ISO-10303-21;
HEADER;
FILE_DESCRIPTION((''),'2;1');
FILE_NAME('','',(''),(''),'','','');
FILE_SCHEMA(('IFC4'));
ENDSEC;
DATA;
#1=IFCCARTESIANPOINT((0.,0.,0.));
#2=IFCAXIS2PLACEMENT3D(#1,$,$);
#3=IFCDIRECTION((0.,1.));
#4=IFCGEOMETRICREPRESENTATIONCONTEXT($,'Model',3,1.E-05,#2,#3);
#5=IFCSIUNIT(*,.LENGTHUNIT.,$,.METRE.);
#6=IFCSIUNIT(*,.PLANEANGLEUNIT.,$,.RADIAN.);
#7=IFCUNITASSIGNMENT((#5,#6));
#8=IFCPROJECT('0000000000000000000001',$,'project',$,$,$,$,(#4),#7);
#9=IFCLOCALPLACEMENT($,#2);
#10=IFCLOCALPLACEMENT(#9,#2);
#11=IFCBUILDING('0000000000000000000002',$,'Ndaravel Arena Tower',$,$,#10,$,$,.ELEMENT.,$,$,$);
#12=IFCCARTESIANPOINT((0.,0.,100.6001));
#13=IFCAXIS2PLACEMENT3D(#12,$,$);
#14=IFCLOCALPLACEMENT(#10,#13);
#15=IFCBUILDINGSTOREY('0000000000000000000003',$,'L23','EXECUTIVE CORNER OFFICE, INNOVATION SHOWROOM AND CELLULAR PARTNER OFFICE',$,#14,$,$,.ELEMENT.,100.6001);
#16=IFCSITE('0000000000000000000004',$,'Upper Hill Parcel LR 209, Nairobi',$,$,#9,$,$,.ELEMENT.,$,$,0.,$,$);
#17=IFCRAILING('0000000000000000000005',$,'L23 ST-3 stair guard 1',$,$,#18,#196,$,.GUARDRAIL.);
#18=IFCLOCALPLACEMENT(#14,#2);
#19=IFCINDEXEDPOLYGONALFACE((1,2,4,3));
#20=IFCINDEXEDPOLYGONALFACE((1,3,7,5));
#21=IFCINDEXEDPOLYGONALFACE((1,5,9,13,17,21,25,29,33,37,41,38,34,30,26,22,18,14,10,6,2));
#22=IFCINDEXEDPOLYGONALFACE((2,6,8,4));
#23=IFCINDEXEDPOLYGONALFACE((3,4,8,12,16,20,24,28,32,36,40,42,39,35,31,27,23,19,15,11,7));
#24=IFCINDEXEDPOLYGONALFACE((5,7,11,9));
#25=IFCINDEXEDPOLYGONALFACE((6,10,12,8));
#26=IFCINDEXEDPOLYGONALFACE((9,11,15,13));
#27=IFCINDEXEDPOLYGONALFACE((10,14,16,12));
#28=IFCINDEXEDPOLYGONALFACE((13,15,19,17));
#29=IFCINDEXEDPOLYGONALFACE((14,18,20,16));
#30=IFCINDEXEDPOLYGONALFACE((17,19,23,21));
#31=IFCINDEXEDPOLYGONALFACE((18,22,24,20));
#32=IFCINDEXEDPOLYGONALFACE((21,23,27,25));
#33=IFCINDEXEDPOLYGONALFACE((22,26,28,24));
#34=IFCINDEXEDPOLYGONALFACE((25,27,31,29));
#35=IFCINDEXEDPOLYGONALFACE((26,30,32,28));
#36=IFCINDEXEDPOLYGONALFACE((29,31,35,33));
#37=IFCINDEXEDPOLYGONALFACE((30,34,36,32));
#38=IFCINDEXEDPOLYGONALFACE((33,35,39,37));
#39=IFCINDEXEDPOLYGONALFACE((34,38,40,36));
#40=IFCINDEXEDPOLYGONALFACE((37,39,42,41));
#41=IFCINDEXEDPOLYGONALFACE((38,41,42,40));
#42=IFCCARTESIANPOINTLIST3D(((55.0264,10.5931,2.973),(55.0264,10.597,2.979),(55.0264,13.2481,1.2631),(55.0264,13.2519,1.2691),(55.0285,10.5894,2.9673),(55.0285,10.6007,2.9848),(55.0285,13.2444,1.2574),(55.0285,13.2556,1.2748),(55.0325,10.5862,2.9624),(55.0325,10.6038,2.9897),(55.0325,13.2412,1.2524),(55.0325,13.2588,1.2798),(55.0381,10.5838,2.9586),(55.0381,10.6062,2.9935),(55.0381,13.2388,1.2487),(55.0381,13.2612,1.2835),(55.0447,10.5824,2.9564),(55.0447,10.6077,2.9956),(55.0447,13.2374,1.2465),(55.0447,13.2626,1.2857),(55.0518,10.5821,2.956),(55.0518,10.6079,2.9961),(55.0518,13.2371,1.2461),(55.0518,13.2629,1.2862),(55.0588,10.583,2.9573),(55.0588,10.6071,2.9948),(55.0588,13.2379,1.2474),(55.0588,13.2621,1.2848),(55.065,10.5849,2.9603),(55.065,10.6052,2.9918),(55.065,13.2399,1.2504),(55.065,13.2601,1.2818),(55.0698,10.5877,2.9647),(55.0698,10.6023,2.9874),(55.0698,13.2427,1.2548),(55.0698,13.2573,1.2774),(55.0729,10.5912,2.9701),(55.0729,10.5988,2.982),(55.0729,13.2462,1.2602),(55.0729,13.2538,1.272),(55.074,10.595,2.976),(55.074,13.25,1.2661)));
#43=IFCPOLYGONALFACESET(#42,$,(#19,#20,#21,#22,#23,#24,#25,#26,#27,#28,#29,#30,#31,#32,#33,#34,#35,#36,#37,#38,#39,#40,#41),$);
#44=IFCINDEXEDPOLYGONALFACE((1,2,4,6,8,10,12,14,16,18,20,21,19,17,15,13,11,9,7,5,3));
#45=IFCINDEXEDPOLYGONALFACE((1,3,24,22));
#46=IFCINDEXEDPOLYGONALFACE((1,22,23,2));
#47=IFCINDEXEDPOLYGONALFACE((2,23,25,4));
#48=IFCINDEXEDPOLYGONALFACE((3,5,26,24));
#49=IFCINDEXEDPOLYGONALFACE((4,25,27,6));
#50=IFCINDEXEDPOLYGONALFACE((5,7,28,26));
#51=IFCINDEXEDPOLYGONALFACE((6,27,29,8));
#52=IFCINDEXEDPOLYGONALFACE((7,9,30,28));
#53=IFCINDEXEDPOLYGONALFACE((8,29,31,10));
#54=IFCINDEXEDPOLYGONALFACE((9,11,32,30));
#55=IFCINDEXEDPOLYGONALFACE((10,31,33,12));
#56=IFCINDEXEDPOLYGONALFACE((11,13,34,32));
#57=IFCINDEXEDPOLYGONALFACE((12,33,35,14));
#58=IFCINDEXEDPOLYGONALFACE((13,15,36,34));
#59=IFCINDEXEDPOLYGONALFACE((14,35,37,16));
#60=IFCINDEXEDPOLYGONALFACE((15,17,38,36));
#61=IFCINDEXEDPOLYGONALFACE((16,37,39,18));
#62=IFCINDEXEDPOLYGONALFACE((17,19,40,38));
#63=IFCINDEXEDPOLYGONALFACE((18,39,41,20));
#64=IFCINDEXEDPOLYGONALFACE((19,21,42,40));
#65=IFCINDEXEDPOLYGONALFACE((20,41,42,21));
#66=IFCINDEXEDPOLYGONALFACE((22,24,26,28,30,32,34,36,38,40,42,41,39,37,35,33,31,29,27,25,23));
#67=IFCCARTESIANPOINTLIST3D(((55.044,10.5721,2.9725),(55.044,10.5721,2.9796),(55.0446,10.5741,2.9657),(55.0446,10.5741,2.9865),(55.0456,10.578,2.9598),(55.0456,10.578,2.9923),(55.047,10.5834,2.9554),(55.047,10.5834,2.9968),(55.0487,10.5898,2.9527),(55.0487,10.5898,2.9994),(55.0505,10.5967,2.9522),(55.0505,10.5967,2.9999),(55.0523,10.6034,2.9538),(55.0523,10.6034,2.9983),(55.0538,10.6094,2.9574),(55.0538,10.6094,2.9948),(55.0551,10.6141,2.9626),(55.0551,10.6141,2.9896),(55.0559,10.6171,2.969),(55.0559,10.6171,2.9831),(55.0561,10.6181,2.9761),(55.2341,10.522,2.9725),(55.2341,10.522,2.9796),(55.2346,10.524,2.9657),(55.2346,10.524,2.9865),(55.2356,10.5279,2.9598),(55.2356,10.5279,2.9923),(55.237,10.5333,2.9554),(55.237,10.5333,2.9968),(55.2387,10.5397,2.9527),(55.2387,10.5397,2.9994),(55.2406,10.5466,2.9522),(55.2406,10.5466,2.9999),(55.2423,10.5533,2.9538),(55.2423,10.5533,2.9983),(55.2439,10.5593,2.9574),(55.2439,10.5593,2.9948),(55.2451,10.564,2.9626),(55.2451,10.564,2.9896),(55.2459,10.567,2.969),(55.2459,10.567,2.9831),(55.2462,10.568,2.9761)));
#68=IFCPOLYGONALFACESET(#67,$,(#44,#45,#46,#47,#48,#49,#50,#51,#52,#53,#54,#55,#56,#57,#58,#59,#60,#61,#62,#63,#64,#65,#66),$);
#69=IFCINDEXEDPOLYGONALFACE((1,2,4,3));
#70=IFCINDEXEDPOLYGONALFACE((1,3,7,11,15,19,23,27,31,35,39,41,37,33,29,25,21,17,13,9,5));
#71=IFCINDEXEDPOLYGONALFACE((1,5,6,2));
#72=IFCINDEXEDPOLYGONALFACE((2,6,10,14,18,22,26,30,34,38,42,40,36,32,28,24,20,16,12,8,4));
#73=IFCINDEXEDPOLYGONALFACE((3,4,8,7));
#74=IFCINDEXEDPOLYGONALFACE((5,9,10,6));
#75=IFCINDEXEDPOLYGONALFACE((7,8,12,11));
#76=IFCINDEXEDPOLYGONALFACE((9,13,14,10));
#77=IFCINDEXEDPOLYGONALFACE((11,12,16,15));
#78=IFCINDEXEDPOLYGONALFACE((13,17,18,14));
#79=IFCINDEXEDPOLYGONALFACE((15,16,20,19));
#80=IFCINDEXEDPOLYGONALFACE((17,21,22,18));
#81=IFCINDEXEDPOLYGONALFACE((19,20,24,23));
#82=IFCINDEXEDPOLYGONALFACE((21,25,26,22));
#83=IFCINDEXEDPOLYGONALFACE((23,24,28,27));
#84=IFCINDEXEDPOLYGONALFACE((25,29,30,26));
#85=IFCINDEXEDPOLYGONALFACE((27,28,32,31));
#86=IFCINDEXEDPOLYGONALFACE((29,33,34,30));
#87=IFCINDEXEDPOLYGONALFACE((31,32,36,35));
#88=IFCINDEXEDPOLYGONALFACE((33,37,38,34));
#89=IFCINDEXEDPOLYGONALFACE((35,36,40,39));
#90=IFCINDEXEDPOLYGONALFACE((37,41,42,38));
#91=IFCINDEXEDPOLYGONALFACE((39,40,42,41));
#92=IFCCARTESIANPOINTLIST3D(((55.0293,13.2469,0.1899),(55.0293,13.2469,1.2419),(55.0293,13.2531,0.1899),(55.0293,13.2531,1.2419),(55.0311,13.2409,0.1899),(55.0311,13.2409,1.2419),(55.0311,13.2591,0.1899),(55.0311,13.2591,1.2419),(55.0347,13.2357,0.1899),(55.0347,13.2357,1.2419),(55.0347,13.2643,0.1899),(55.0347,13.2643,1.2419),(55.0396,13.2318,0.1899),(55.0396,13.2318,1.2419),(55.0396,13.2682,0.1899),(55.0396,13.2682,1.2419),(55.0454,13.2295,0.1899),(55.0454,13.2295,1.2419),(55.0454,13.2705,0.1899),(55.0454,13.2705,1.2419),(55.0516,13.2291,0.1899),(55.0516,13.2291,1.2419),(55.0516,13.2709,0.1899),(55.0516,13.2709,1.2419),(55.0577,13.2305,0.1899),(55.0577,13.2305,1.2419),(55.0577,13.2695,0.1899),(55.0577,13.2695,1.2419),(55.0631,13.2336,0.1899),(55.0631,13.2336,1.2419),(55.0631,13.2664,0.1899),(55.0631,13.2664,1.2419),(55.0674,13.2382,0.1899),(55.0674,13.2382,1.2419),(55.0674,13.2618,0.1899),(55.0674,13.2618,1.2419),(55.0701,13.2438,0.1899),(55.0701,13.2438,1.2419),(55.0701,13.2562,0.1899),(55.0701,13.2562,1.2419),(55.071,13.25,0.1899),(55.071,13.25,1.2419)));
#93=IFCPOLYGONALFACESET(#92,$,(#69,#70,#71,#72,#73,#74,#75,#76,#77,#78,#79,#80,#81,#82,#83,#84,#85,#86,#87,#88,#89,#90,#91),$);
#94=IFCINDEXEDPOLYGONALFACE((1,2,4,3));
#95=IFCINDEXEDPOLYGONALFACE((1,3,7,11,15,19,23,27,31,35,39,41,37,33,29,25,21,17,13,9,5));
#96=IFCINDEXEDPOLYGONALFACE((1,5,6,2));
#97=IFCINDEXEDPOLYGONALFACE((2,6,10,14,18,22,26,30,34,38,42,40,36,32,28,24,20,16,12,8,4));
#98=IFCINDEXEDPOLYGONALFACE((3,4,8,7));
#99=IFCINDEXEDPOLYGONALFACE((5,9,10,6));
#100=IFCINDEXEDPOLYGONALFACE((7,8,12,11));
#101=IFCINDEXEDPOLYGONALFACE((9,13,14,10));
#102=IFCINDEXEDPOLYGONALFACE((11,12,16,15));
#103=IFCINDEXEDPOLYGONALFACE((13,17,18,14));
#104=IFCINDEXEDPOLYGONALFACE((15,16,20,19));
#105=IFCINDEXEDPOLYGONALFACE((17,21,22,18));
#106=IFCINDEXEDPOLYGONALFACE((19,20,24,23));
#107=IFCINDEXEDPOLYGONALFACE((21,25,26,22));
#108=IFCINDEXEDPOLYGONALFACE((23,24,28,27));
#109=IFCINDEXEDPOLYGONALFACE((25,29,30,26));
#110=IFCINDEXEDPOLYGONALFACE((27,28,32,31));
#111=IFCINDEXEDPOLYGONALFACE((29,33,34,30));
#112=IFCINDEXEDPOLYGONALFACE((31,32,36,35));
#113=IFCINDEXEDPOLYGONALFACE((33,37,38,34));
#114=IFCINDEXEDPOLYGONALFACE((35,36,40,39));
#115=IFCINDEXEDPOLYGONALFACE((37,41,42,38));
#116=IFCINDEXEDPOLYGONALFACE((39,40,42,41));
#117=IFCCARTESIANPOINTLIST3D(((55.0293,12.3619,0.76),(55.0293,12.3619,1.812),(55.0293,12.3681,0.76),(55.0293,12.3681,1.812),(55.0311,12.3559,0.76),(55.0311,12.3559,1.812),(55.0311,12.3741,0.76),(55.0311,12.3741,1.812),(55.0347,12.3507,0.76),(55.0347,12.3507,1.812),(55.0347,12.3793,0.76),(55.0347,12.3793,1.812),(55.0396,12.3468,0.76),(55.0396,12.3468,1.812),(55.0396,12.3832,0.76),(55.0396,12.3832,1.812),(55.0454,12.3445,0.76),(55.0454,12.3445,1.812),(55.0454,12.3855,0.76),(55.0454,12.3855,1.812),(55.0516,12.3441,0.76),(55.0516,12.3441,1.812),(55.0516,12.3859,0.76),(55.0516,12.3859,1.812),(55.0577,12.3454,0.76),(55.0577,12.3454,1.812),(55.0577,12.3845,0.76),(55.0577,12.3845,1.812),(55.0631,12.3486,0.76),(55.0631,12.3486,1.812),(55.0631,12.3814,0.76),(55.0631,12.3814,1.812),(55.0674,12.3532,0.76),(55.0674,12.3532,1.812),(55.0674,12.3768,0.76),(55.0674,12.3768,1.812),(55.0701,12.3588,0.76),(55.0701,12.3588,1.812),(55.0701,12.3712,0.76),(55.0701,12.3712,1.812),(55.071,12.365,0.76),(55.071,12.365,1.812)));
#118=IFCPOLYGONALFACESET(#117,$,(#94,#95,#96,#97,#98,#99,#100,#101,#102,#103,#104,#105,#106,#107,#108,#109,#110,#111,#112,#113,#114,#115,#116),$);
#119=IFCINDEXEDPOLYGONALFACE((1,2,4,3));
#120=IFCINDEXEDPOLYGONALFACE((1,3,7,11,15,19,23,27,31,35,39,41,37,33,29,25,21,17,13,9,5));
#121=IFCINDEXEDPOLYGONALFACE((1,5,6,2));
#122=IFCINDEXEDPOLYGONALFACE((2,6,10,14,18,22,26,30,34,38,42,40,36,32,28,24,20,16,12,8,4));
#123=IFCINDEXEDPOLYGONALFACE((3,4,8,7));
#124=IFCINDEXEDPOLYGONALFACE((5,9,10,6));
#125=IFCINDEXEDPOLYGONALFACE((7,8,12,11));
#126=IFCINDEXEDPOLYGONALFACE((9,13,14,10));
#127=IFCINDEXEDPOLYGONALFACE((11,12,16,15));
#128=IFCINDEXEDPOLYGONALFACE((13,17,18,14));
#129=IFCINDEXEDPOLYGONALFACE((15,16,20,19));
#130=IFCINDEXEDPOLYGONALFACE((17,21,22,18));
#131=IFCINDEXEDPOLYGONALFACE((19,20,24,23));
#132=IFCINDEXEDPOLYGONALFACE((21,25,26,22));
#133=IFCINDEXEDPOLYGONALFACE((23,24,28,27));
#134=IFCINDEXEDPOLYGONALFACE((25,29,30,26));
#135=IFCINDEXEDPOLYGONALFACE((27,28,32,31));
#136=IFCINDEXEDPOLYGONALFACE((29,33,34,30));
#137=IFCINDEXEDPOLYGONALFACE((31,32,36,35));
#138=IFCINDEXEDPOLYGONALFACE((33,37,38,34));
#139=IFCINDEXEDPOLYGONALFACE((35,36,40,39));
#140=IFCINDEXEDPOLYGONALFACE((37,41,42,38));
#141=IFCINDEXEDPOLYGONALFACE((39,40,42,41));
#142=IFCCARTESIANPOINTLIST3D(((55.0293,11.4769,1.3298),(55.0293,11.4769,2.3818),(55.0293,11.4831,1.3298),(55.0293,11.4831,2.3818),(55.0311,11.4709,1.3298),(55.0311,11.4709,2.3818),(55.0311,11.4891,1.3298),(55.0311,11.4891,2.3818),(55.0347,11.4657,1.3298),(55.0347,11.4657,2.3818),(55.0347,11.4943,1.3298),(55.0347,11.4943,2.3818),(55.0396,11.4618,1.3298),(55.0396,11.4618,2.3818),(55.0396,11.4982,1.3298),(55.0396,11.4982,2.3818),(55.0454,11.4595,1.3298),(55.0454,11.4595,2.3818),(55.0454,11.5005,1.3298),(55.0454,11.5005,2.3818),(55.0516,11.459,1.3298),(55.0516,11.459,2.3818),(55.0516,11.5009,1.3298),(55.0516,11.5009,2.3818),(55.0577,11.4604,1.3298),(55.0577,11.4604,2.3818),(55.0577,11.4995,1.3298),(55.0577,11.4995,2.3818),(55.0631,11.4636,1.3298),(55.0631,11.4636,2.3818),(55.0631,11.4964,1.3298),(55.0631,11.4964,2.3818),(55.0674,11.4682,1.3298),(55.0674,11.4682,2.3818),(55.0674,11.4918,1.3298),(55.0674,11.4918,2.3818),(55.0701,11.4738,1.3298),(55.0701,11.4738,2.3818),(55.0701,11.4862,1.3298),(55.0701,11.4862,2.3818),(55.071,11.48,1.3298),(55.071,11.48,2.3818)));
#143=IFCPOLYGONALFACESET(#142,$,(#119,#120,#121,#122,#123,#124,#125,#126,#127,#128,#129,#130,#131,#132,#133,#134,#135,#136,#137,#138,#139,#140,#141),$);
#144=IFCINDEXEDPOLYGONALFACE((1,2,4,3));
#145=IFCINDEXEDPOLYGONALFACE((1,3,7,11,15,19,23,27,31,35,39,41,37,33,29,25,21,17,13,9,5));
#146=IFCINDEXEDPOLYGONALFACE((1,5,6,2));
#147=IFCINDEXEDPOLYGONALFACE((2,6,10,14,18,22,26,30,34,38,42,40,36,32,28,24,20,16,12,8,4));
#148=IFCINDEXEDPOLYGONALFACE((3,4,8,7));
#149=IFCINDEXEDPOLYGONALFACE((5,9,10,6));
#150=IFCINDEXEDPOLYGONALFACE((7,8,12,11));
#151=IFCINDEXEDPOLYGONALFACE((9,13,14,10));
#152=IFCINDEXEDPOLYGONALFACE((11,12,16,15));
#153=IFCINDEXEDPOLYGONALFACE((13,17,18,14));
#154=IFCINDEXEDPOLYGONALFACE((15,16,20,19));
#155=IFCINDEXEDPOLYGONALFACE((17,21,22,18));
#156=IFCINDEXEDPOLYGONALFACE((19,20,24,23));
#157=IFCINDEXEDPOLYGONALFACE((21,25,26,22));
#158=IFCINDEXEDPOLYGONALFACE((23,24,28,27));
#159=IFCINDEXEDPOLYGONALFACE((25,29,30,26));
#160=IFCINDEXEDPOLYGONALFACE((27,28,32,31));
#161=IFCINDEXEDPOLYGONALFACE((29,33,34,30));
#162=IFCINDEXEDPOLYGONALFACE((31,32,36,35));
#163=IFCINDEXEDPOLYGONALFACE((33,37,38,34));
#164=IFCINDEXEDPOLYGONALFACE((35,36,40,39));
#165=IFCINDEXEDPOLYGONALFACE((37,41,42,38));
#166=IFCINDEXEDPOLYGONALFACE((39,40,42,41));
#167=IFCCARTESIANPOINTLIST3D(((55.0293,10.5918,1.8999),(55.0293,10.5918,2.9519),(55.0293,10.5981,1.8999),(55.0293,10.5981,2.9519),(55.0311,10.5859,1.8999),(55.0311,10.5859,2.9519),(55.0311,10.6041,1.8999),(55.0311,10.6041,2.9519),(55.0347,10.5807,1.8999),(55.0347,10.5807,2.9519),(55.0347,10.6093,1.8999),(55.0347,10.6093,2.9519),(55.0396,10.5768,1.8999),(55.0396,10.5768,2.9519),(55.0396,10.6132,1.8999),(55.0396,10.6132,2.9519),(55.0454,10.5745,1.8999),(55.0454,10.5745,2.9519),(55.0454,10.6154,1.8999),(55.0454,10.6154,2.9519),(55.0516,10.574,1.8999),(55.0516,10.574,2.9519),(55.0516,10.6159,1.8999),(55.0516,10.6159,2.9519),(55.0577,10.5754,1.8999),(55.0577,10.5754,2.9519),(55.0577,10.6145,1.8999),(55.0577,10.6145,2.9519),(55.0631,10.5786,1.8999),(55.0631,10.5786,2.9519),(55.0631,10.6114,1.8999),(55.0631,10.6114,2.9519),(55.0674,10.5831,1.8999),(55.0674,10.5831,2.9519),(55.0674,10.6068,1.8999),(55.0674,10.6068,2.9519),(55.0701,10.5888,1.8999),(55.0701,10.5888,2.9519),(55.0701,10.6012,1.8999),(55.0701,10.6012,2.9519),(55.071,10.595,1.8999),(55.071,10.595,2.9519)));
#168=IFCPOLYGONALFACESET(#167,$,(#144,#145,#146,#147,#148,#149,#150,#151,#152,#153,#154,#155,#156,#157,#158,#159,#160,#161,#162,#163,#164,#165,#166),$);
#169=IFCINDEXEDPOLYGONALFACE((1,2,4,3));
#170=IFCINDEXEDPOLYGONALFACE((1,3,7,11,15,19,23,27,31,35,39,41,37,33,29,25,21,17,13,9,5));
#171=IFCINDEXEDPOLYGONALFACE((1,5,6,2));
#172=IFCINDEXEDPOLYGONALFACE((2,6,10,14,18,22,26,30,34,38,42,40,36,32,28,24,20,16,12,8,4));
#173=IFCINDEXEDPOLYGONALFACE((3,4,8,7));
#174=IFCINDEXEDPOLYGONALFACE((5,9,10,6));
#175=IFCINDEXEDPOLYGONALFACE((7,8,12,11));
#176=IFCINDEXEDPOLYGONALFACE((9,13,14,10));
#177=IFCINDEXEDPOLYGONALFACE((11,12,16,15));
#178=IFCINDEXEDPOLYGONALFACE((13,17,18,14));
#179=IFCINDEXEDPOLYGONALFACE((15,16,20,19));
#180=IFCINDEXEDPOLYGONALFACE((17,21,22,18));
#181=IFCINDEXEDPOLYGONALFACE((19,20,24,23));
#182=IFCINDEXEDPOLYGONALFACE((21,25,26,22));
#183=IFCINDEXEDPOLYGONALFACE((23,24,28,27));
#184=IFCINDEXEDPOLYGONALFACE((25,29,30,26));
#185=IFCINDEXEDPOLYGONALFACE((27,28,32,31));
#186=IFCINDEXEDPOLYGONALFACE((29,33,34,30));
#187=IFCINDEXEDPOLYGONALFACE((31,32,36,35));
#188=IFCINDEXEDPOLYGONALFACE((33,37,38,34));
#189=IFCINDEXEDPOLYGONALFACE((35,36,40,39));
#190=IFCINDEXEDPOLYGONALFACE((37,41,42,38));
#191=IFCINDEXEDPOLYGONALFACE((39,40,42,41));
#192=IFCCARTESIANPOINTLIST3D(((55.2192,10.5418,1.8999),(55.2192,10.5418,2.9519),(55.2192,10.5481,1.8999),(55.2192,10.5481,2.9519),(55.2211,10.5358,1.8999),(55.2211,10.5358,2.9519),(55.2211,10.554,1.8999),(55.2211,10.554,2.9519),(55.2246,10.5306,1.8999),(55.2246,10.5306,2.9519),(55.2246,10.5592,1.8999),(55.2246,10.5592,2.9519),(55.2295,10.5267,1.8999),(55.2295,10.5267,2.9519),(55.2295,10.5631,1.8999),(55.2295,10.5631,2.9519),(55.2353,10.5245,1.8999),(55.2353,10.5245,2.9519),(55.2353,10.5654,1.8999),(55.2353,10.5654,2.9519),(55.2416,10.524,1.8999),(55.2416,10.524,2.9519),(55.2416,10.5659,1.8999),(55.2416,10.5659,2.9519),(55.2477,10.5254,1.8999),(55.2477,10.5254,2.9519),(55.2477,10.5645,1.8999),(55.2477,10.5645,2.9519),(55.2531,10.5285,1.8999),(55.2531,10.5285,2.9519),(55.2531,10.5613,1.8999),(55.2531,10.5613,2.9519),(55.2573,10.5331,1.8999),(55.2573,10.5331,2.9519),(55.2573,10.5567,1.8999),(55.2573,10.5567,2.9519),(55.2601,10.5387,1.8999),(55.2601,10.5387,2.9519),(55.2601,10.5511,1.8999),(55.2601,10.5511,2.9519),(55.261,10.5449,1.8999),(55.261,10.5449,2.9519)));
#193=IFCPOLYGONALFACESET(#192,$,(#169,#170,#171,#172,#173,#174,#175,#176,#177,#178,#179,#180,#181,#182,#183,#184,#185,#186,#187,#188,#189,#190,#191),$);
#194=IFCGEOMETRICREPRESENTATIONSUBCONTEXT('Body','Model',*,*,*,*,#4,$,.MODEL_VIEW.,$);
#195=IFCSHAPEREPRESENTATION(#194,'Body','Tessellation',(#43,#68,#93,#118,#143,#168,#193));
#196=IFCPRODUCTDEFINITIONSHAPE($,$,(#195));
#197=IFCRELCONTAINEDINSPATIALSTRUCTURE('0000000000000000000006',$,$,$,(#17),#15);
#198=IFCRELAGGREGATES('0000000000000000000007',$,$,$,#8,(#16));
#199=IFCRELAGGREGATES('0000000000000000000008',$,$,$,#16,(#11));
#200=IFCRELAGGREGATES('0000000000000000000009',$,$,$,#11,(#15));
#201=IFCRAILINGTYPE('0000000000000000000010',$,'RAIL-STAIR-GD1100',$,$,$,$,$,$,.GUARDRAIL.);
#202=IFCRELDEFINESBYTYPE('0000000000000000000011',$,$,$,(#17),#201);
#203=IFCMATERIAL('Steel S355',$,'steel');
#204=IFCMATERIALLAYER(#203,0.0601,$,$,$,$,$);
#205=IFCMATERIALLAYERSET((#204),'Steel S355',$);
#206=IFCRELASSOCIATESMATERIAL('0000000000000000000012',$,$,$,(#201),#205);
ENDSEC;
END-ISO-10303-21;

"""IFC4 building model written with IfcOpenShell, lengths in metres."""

from ifc_helpers import new_model, si_unit, direction, frame, origin, origin_2d, place, context, subcontext, project, spatial, circle, extrude, material, layer, layer_set, type_object, element, save


model = new_model("IFC4")

# Units and contexts
model_context = context("Model", 3, precision=1e-05, world=origin(), true_north=direction((0.0, 1.0)))
body_context = subcontext(model_context, "Body", "Model", "MODEL_VIEW")
ifc_project = project(units=[si_unit("LENGTHUNIT", "METRE"), si_unit("PLANEANGLEUNIT", "RADIAN")], contexts=[model_context])

# Site, building, storey
site_placement = place(None, origin())
site = spatial("IfcSite", under=ifc_project, at=site_placement, Name="Upper Hill Parcel LR 209, Nairobi", CompositionType="ELEMENT", RefElevation=0.0)
building_placement = place(site_placement, origin())
building = spatial("IfcBuilding", under=site, at=building_placement, Name="Ndaravel Arena Tower", CompositionType="ELEMENT")
storey_placement = place(building_placement, frame((0.0, 0.0, 100.6001)))
storey = spatial("IfcBuildingStorey", under=building, at=storey_placement, Name="L23", Description="EXECUTIVE CORNER OFFICE, INNOVATION SHOWROOM AND CELLULAR PARTNER OFFICE", CompositionType="ELEMENT", Elevation=100.6001)

# Railing
ifc_material_1 = material(Name="Steel S355", Category="steel")
ifc_layer_1 = layer(ifc_material_1, 0.0601)
ifc_layer_set_1 = layer_set([ifc_layer_1], Name="Steel S355")
railing_type_1 = type_object("IfcRailingType", Name="RAIL-STAIR-GD1100", PredefinedType="GUARDRAIL", material=ifc_layer_set_1)
railing_1_placement = place(storey_placement, frame((55.05, 13.25, 0.1899)))
element("IfcRailing", 1, at=railing_1_placement, inside=storey, type_object=railing_type_1, Name="L23 ST-3 stair guard 1", PredefinedType="GUARDRAIL", context=body_context, shape_type="SweptSolid", body=[
    extrude(circle(Radius=0.0239, at=origin_2d()), frame((0.0, 0.0, 1.0762), z_axis=(0.0, -0.840724, 0.541465), x_axis=(1.0, 0.0, 0.0)), (0.0, 0.0, 1.0), 3.158),
    extrude(circle(Radius=0.0239, at=origin_2d()), frame((0.0, -2.655, 2.7861), z_axis=(0.966994, -0.254799, 0.0), x_axis=(0.254799, 0.966994, 0.0)), (0.0, 0.0, 1.0), 0.1965),
    extrude(circle(Radius=0.021, at=origin_2d()), origin(), (0.0, 0.0, 1.0), 1.052),
    extrude(circle(Radius=0.021, at=origin_2d()), frame((0.0, -0.885, 0.5701)), (0.0, 0.0, 1.0), 1.052),
    extrude(circle(Radius=0.021, at=origin_2d()), frame((0.0, -1.77, 1.1399)), (0.0, 0.0, 1.0), 1.052),
    extrude(circle(Radius=0.021, at=origin_2d()), frame((0.0, -2.655, 1.71)), (0.0, 0.0, 1.0), 1.052),
    extrude(circle(Radius=0.021, at=origin_2d()), frame((0.1899, -2.7051, 1.71)), (0.0, 0.0, 1.0), 1.052),
])

save(model, "model.ifc")
